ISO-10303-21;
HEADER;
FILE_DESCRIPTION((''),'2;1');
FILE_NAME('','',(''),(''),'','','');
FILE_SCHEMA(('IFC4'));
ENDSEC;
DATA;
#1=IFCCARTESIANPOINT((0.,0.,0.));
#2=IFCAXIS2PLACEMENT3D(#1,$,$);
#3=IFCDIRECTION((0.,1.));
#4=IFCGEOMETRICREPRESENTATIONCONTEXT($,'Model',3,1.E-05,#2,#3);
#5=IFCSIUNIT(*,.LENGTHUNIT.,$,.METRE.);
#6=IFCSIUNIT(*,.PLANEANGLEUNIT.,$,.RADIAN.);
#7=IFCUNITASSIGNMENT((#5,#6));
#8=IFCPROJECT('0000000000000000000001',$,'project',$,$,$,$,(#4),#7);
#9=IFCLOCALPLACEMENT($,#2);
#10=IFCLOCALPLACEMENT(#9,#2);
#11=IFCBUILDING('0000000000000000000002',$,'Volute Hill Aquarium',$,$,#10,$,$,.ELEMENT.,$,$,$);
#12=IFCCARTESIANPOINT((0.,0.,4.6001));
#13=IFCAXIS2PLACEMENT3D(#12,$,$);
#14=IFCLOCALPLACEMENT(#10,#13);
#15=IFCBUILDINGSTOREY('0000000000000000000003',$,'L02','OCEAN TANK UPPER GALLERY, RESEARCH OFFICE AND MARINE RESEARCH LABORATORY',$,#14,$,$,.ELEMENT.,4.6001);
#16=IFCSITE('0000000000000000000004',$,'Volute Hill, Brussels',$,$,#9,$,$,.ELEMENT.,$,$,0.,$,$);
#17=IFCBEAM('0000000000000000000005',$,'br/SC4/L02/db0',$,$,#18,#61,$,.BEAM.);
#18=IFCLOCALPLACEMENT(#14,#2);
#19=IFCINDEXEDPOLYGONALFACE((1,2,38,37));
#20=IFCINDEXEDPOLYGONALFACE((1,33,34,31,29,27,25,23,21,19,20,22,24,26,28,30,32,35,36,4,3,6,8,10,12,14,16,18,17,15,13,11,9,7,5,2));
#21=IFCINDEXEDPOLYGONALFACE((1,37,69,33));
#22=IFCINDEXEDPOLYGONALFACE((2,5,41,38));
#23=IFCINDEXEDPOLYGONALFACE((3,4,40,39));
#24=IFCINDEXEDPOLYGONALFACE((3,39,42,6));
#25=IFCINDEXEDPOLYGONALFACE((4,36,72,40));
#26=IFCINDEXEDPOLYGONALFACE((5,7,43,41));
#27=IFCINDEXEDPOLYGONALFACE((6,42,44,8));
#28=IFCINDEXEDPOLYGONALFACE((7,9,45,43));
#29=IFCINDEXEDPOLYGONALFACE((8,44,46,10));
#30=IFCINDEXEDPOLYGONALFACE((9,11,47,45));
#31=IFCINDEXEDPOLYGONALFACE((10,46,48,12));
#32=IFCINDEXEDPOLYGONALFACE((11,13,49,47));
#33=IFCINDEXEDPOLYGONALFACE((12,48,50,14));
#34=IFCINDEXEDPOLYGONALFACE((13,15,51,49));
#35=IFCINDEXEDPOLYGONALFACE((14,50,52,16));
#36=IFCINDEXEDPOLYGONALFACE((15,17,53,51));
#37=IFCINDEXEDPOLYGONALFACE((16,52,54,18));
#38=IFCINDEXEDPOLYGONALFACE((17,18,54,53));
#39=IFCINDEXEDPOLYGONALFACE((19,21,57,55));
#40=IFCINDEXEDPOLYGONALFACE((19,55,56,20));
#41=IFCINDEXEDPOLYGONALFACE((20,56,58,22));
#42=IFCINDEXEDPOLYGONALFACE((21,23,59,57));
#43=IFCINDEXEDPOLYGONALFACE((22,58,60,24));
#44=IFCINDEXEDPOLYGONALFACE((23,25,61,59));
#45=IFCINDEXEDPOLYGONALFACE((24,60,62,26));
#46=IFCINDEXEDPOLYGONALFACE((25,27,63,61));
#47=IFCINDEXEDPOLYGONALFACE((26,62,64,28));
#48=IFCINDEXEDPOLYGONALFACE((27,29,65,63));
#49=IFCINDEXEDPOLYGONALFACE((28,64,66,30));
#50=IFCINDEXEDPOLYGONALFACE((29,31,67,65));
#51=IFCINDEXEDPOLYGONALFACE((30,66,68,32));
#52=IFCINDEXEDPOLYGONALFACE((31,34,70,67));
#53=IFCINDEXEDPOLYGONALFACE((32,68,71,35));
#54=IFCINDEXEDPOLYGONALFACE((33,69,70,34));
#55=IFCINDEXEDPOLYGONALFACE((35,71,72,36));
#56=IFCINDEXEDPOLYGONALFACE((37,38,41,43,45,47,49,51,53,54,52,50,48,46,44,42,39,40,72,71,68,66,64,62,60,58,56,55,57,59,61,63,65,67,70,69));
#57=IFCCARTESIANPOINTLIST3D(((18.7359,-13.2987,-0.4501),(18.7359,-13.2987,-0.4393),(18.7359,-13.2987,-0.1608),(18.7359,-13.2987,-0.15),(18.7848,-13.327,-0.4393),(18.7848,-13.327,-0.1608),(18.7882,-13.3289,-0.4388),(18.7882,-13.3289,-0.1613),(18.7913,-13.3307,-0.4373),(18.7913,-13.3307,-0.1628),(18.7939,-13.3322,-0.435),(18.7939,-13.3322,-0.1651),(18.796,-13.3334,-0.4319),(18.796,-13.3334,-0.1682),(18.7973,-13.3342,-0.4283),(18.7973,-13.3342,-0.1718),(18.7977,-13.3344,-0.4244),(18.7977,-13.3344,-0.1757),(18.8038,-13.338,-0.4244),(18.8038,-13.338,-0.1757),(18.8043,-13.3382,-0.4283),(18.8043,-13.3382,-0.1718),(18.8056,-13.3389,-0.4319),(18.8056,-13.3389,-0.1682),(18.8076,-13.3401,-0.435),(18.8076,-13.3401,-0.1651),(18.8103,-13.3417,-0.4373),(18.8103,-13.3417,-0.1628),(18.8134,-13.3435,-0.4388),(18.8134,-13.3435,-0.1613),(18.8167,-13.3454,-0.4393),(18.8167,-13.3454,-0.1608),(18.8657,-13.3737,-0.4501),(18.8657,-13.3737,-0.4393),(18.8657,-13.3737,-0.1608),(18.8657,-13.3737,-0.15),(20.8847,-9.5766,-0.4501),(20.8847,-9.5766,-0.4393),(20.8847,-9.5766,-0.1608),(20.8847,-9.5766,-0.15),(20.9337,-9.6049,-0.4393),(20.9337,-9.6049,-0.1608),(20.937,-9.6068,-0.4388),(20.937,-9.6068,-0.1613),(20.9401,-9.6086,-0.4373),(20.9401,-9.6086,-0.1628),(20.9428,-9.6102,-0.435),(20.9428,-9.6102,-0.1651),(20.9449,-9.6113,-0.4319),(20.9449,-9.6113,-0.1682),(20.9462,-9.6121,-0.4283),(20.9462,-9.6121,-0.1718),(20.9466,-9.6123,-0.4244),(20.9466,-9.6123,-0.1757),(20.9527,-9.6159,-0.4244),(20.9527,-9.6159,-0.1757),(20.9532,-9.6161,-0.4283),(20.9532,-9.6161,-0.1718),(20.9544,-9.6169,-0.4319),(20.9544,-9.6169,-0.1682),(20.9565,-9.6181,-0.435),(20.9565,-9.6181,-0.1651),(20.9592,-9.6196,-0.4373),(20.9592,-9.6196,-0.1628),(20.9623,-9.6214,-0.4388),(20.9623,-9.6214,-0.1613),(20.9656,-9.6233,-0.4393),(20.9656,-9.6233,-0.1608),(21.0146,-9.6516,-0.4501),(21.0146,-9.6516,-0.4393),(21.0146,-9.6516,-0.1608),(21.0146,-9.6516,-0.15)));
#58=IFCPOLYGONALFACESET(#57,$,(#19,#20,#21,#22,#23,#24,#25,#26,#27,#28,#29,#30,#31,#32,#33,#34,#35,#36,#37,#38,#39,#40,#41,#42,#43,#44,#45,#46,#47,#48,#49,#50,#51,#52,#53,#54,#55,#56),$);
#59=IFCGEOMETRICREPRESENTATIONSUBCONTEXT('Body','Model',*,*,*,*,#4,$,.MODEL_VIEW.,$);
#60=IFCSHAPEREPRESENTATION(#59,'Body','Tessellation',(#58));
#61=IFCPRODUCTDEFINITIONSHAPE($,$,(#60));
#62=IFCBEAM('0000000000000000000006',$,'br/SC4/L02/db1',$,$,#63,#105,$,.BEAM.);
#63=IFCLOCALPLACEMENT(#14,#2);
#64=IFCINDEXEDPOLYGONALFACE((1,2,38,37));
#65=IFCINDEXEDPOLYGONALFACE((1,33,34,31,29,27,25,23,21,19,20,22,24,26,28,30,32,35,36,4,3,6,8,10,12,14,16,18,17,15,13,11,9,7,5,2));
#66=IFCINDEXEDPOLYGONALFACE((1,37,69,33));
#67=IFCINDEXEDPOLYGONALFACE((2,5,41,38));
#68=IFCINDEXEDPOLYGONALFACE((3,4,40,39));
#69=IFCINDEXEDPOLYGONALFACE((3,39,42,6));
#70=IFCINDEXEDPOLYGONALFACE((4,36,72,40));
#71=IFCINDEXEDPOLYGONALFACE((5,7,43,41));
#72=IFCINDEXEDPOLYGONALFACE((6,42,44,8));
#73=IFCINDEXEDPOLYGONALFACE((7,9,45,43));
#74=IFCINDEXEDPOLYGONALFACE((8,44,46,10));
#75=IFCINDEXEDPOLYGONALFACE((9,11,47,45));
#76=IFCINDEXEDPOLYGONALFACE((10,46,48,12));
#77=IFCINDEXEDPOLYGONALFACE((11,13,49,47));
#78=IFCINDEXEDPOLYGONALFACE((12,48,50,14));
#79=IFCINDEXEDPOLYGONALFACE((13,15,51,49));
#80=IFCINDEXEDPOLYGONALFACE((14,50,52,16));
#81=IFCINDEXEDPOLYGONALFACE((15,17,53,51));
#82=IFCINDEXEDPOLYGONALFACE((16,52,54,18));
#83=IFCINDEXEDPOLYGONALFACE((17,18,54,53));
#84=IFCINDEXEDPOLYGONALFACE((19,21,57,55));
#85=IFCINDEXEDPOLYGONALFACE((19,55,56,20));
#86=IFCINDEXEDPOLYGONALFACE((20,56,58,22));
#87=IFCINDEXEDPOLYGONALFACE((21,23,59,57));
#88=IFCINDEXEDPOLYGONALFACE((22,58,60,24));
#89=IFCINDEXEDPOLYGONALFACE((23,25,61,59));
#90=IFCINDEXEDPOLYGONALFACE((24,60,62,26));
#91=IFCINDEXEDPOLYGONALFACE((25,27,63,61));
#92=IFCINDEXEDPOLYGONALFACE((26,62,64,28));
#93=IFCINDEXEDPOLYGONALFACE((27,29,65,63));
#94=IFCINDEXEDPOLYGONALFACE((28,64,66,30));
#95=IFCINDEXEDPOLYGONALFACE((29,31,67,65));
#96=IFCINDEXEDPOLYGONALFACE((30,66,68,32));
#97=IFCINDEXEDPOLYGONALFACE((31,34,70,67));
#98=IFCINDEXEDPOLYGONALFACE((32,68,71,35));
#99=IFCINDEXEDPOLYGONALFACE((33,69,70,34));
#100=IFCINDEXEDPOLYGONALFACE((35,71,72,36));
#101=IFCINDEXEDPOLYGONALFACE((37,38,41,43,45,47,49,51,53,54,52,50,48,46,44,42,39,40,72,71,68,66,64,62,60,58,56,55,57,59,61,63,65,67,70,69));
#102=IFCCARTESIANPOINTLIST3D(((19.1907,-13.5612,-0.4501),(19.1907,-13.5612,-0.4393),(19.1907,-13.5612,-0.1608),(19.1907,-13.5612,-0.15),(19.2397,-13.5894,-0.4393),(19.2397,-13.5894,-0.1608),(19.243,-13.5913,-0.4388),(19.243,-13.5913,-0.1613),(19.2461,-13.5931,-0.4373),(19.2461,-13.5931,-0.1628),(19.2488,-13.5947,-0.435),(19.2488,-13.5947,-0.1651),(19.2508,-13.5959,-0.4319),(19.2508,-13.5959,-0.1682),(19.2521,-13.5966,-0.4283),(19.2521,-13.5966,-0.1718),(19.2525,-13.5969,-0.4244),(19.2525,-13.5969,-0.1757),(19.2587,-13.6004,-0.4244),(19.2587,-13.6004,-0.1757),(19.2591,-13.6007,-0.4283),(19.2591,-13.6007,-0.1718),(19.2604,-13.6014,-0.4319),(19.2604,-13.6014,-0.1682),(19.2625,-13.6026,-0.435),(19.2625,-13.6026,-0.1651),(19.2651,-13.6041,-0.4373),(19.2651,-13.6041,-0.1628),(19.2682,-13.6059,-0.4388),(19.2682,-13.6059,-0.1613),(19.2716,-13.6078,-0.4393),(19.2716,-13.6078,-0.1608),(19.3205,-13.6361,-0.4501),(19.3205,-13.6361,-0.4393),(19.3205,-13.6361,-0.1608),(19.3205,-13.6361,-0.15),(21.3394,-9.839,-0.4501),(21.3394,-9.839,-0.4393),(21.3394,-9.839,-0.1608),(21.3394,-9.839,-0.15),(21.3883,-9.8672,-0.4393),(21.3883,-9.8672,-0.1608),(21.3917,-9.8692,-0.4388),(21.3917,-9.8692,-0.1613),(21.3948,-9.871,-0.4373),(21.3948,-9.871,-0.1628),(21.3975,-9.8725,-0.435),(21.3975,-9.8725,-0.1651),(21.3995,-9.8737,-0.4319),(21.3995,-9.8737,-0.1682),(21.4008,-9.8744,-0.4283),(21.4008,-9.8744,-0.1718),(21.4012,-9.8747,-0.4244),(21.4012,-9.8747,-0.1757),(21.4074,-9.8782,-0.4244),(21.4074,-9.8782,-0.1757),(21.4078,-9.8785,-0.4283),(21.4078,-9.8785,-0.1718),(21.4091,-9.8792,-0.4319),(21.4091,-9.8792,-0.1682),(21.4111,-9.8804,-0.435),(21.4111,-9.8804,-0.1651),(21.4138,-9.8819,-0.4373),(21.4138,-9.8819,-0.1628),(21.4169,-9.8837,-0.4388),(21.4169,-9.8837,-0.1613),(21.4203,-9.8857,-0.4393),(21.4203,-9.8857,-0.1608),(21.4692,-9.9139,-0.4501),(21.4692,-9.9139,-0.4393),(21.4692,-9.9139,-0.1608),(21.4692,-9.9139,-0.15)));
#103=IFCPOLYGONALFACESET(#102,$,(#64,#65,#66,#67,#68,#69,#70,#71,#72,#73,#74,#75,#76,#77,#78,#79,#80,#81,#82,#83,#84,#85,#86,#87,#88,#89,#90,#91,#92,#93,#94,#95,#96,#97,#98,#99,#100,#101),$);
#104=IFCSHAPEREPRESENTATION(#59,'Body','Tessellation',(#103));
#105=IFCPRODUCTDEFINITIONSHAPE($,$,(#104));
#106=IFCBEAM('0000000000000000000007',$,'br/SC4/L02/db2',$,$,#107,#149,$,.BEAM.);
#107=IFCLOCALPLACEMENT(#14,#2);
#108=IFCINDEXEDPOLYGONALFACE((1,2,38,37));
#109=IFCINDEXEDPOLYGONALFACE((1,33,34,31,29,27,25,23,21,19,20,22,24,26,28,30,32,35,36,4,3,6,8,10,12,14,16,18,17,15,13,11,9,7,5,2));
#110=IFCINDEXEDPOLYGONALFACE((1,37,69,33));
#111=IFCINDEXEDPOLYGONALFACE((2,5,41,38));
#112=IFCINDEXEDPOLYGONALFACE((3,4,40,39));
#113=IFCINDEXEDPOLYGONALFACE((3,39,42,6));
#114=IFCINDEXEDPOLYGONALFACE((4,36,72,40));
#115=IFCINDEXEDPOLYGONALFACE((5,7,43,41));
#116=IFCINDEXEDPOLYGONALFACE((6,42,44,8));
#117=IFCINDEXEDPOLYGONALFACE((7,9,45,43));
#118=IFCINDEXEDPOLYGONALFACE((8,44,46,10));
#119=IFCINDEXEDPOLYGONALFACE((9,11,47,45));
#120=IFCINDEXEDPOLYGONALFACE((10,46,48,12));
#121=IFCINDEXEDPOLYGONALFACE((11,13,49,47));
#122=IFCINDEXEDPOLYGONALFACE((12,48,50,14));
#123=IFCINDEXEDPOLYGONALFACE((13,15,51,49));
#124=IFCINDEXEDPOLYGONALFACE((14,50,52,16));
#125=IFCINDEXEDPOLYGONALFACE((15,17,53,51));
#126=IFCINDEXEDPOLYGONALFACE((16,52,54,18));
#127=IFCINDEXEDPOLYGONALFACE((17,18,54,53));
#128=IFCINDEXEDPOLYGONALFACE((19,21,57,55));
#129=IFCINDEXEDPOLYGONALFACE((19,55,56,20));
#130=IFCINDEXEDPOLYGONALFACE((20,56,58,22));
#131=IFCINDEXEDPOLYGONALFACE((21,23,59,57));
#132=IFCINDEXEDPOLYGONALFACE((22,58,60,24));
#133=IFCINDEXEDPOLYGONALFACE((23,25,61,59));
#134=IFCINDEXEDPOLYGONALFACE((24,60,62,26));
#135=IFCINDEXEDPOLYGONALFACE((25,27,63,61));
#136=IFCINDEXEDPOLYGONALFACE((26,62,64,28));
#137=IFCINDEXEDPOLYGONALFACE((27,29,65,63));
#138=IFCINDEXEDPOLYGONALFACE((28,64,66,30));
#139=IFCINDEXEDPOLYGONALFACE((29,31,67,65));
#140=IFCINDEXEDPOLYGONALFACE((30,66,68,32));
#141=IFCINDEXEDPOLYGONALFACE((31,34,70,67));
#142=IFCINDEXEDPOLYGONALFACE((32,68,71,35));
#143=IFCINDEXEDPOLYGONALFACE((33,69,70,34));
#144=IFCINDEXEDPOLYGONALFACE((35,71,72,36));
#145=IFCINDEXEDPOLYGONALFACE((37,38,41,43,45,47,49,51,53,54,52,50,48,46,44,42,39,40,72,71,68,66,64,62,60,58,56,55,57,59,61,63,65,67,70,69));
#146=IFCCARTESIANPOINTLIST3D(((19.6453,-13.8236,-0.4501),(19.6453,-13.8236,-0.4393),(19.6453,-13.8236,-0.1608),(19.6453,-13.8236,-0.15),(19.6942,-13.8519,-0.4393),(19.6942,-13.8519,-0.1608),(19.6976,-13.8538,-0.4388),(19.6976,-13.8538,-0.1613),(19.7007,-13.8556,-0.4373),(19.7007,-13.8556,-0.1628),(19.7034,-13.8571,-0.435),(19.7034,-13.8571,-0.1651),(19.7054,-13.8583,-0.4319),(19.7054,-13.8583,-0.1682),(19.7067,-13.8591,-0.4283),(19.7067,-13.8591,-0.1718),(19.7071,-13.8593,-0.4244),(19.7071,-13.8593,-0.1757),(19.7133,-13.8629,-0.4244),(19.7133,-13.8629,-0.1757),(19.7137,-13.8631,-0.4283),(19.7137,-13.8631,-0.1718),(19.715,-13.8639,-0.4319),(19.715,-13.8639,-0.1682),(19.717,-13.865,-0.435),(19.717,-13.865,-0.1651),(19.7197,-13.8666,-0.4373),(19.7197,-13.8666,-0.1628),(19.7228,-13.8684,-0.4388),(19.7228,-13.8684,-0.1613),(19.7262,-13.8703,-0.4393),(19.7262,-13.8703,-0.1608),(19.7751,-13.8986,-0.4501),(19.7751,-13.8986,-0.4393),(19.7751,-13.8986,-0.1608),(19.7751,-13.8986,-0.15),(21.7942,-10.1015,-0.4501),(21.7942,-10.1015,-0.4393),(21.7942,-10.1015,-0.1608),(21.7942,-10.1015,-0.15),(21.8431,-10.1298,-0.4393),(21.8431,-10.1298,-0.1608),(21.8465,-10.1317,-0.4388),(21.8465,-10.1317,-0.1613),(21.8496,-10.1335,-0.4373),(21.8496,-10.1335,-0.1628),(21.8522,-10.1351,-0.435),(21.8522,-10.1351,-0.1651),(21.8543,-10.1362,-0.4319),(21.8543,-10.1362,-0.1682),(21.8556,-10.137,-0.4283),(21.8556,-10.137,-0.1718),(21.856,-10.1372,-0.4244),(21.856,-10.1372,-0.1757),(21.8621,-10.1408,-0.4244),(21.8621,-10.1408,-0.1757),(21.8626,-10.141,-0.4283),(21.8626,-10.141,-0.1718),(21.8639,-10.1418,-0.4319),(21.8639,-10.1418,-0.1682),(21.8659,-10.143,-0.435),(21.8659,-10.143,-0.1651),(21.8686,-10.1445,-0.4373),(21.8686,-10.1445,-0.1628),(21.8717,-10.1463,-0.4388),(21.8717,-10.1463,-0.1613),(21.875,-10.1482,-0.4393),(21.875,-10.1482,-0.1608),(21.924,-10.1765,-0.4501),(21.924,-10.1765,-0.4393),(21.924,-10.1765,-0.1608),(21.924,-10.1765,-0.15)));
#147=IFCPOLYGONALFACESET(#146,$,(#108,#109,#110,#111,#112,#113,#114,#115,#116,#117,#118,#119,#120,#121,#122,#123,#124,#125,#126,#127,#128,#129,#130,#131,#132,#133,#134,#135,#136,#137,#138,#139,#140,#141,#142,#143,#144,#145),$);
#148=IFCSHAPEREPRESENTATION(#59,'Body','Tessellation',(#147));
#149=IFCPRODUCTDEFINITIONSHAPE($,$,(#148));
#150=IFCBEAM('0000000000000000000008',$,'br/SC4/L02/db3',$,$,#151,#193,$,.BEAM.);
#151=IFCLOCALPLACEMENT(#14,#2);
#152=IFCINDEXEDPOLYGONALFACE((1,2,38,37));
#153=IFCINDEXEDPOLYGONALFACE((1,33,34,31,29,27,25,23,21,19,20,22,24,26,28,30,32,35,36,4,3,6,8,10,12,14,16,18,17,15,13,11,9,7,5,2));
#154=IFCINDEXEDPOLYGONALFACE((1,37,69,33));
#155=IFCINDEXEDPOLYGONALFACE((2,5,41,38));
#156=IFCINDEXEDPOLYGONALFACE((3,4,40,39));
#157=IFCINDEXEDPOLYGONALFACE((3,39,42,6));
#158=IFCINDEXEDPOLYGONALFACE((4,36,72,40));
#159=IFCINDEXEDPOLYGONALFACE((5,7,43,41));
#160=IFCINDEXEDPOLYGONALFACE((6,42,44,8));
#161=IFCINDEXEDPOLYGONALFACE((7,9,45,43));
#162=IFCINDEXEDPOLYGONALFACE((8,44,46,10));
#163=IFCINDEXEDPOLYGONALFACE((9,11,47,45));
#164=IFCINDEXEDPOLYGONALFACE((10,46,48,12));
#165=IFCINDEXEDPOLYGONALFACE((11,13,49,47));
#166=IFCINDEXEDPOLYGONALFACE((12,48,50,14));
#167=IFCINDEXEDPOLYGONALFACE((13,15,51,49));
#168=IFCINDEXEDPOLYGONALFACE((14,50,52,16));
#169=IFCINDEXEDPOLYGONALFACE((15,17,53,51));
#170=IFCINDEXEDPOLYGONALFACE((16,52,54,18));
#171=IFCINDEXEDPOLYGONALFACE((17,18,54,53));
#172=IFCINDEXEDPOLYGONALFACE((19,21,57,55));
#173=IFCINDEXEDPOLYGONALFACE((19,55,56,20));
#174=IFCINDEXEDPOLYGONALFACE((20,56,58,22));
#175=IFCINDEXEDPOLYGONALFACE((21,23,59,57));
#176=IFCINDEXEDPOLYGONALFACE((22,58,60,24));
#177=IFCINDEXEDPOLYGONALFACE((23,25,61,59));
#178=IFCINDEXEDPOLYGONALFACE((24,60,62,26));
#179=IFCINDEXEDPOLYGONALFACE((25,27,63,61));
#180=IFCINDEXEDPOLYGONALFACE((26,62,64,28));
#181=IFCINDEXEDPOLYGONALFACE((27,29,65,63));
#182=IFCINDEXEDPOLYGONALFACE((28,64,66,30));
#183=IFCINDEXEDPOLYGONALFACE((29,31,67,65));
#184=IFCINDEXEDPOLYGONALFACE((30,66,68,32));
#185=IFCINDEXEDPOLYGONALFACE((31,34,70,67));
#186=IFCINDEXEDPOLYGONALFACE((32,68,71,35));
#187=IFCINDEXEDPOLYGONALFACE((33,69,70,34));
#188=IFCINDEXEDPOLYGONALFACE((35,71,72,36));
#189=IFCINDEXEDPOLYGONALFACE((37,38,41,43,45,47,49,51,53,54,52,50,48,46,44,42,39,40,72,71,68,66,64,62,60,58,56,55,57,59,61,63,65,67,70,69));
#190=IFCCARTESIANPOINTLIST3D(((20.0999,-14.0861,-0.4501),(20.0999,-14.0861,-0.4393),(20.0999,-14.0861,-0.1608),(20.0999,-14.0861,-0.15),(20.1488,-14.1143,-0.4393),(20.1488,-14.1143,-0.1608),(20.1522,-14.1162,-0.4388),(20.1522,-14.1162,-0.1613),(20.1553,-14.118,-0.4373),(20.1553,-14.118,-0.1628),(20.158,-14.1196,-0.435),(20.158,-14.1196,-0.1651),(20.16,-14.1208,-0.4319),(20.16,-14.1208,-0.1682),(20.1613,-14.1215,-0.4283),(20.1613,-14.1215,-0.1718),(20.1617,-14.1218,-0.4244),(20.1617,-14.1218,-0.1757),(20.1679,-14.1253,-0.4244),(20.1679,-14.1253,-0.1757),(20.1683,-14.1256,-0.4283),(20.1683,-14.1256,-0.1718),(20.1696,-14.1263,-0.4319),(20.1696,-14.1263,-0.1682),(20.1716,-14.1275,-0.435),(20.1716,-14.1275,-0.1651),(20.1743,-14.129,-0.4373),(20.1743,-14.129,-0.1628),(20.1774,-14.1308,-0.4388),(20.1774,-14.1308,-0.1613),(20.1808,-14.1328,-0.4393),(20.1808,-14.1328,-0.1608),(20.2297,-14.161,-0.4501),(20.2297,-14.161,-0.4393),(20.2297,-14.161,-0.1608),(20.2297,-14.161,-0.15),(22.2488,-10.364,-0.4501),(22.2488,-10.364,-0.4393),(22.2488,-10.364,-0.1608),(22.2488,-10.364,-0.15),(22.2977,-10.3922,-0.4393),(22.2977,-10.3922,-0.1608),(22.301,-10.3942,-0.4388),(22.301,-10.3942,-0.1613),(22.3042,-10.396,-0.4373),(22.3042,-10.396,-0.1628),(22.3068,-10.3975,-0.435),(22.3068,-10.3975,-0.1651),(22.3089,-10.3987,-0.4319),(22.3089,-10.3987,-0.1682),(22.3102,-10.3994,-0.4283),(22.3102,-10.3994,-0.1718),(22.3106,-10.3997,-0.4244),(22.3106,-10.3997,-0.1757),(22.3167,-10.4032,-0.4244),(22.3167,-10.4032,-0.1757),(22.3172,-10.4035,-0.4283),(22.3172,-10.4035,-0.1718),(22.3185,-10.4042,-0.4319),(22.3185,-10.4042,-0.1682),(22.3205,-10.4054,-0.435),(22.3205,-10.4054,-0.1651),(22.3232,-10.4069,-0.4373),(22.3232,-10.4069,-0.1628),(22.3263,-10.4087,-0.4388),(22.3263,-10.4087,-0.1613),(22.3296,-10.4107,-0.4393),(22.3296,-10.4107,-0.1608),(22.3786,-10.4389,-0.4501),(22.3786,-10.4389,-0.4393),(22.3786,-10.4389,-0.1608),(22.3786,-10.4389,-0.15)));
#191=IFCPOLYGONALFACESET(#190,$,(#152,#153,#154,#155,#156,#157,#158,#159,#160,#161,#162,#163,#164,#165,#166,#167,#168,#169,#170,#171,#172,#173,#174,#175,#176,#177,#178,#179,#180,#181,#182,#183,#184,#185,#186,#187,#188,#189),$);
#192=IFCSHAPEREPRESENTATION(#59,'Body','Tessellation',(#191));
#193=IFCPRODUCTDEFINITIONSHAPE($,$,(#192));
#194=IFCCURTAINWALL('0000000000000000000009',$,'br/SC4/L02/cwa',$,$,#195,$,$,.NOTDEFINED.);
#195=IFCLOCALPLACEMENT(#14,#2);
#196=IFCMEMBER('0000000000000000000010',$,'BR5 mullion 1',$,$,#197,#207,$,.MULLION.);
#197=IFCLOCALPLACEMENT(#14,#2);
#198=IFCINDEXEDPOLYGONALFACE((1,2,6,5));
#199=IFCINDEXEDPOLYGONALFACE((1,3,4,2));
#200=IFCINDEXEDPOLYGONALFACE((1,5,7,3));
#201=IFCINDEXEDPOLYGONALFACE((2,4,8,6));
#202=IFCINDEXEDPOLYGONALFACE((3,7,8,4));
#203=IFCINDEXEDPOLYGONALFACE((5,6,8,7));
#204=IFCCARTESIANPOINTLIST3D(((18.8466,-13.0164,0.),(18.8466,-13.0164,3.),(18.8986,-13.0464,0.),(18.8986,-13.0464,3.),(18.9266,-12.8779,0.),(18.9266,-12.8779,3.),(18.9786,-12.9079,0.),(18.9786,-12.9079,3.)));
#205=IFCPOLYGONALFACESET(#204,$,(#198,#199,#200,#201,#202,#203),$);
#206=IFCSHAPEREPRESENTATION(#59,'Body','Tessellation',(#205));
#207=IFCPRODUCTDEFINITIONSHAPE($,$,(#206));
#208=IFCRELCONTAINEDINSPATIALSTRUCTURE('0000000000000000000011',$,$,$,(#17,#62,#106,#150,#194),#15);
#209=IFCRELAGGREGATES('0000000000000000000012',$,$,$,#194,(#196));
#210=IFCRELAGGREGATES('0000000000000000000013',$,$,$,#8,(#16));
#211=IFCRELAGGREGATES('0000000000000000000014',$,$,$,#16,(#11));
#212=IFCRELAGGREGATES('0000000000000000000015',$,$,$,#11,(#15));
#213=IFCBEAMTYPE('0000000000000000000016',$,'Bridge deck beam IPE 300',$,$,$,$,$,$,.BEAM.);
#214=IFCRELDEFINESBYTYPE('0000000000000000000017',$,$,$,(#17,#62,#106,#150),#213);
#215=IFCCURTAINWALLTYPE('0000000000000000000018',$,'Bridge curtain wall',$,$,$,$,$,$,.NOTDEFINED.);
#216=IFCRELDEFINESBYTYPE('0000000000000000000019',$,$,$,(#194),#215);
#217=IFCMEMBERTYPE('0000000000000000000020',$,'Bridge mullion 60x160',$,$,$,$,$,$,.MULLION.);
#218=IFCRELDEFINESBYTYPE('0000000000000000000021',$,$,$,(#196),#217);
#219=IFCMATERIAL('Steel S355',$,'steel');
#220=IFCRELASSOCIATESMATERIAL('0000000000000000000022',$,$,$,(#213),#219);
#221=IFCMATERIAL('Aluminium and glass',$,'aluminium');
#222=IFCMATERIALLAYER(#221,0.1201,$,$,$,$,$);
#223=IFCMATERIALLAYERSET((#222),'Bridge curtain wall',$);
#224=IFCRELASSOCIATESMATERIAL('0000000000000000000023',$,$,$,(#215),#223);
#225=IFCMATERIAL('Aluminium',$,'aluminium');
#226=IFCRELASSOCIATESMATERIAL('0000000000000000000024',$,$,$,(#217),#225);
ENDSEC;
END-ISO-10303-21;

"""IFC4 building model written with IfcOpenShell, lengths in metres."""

from ifc_helpers import new_model, si_unit, direction, frame, origin, origin_2d, place, context, subcontext, project, spatial, rectangle, i_section, extrude, material, layer, layer_set, material_profile, profile_set, type_object, element, aggregate, save


model = new_model("IFC4")

# Units and contexts
model_context = context("Model", 3, precision=1e-05, world=origin(), true_north=direction((0.0, 1.0)))
body_context = subcontext(model_context, "Body", "Model", "MODEL_VIEW")
ifc_project = project(units=[si_unit("LENGTHUNIT", "METRE"), si_unit("PLANEANGLEUNIT", "RADIAN")], contexts=[model_context])

# Site, building, storey
site_placement = place(None, origin())
site = spatial("IfcSite", under=ifc_project, at=site_placement, Name="Volute Hill, Brussels", CompositionType="ELEMENT", RefElevation=0.0)
building_placement = place(site_placement, origin())
building = spatial("IfcBuilding", under=site, at=building_placement, Name="Volute Hill Aquarium", CompositionType="ELEMENT")
storey_placement = place(building_placement, frame((0.0, 0.0, 4.6001)))
storey = spatial("IfcBuildingStorey", under=building, at=storey_placement, Name="L02", Description="OCEAN TANK UPPER GALLERY, RESEARCH OFFICE AND MARINE RESEARCH LABORATORY", CompositionType="ELEMENT", Elevation=4.6001)

# Beams
ifc_material_1 = material(Name="Steel S355", Category="steel")
ifc_material_profile_1 = material_profile(ifc_material_1, i_section(OverallWidth=0.1499, OverallDepth=0.3, WebThickness=0.0071, FlangeThickness=0.0107, FilletRadius=0.0149, at=origin_2d()), Name="IPE 300")
ifc_profile_set_1 = profile_set([ifc_material_profile_1], Name="Steel S355")
beam_type_1 = type_object("IfcBeamType", Name="Bridge deck beam IPE 300", PredefinedType="BEAM", material=ifc_profile_set_1)
for number, where, z_axis, x_axis, name in (
    (1, (18.8008, -13.3362, -0.3), (0.499988, 0.866032, 0.0), (-0.866032, 0.499988, 0.0), "br/SC4/L02/db0"),
    (2, (19.2556, -13.5986, -0.3), (0.499945, 0.866057, 0.0), (-0.866057, 0.499945, 0.0), "br/SC4/L02/db1"),
    (3, (19.7102, -13.8611, -0.3), (0.499988, 0.866032, 0.0), (-0.866032, 0.499988, 0.0), "br/SC4/L02/db2"),
    (4, (20.1648, -14.1235, -0.3), (0.499988, 0.866032, 0.0), (-0.866032, 0.499988, 0.0), "br/SC4/L02/db3"),
):
    element("IfcBeam", number, at=place(storey_placement, frame(where, z_axis=z_axis, x_axis=x_axis)), inside=storey, type_object=beam_type_1, Name=name, PredefinedType="BEAM", context=body_context, shape_type="SweptSolid", body=[
        extrude(i_section(OverallWidth=0.1499, OverallDepth=0.3, WebThickness=0.0071, FlangeThickness=0.0107, FilletRadius=0.0149, at=origin_2d()), origin(), (0.0, 0.0, 1.0), 4.2979),
    ])

# Curtain wall, member
ifc_material_2 = material(Name="Aluminium and glass", Category="aluminium")
ifc_layer_1 = layer(ifc_material_2, 0.1201)
ifc_layer_set_1 = layer_set([ifc_layer_1], Name="Bridge curtain wall")
curtain_wall_type = type_object("IfcCurtainWallType", Name="Bridge curtain wall", PredefinedType="NOTDEFINED", material=ifc_layer_set_1)
curtain_wall_1_placement = place(storey_placement, origin())
curtain_wall_1 = element("IfcCurtainWall", 5, at=curtain_wall_1_placement, inside=storey, type_object=curtain_wall_type, Name="br/SC4/L02/cwa", PredefinedType="NOTDEFINED")
ifc_material_3 = material(Name="Aluminium", Category="aluminium")
ifc_material_profile_2 = material_profile(ifc_material_3, rectangle(XDim=0.0601, YDim=0.1599, at=origin_2d()), Name="Aluminium mullion 60x160")
ifc_profile_set_2 = profile_set([ifc_material_profile_2], Name="Aluminium")
member_type_1 = type_object("IfcMemberType", Name="Bridge mullion 60x160", PredefinedType="MULLION", material=ifc_profile_set_2)
member_1_placement = place(storey_placement, frame((18.9126, -12.9622, 0.0), z_axis=(0.0, 0.0, 1.0), x_axis=(-0.86602, 0.50001, 0.0)))
member_1 = element("IfcMember", 6, at=member_1_placement, type_object=member_type_1, Name="BR5 mullion 1", PredefinedType="MULLION", context=body_context, shape_type="SweptSolid", body=[
    extrude(rectangle(XDim=0.0601, YDim=0.1599, at=origin_2d()), origin(), (0.0, 0.0, 1.0), 3.0),
])

aggregate(curtain_wall_1, [member_1])

save(model, "model.ifc")
